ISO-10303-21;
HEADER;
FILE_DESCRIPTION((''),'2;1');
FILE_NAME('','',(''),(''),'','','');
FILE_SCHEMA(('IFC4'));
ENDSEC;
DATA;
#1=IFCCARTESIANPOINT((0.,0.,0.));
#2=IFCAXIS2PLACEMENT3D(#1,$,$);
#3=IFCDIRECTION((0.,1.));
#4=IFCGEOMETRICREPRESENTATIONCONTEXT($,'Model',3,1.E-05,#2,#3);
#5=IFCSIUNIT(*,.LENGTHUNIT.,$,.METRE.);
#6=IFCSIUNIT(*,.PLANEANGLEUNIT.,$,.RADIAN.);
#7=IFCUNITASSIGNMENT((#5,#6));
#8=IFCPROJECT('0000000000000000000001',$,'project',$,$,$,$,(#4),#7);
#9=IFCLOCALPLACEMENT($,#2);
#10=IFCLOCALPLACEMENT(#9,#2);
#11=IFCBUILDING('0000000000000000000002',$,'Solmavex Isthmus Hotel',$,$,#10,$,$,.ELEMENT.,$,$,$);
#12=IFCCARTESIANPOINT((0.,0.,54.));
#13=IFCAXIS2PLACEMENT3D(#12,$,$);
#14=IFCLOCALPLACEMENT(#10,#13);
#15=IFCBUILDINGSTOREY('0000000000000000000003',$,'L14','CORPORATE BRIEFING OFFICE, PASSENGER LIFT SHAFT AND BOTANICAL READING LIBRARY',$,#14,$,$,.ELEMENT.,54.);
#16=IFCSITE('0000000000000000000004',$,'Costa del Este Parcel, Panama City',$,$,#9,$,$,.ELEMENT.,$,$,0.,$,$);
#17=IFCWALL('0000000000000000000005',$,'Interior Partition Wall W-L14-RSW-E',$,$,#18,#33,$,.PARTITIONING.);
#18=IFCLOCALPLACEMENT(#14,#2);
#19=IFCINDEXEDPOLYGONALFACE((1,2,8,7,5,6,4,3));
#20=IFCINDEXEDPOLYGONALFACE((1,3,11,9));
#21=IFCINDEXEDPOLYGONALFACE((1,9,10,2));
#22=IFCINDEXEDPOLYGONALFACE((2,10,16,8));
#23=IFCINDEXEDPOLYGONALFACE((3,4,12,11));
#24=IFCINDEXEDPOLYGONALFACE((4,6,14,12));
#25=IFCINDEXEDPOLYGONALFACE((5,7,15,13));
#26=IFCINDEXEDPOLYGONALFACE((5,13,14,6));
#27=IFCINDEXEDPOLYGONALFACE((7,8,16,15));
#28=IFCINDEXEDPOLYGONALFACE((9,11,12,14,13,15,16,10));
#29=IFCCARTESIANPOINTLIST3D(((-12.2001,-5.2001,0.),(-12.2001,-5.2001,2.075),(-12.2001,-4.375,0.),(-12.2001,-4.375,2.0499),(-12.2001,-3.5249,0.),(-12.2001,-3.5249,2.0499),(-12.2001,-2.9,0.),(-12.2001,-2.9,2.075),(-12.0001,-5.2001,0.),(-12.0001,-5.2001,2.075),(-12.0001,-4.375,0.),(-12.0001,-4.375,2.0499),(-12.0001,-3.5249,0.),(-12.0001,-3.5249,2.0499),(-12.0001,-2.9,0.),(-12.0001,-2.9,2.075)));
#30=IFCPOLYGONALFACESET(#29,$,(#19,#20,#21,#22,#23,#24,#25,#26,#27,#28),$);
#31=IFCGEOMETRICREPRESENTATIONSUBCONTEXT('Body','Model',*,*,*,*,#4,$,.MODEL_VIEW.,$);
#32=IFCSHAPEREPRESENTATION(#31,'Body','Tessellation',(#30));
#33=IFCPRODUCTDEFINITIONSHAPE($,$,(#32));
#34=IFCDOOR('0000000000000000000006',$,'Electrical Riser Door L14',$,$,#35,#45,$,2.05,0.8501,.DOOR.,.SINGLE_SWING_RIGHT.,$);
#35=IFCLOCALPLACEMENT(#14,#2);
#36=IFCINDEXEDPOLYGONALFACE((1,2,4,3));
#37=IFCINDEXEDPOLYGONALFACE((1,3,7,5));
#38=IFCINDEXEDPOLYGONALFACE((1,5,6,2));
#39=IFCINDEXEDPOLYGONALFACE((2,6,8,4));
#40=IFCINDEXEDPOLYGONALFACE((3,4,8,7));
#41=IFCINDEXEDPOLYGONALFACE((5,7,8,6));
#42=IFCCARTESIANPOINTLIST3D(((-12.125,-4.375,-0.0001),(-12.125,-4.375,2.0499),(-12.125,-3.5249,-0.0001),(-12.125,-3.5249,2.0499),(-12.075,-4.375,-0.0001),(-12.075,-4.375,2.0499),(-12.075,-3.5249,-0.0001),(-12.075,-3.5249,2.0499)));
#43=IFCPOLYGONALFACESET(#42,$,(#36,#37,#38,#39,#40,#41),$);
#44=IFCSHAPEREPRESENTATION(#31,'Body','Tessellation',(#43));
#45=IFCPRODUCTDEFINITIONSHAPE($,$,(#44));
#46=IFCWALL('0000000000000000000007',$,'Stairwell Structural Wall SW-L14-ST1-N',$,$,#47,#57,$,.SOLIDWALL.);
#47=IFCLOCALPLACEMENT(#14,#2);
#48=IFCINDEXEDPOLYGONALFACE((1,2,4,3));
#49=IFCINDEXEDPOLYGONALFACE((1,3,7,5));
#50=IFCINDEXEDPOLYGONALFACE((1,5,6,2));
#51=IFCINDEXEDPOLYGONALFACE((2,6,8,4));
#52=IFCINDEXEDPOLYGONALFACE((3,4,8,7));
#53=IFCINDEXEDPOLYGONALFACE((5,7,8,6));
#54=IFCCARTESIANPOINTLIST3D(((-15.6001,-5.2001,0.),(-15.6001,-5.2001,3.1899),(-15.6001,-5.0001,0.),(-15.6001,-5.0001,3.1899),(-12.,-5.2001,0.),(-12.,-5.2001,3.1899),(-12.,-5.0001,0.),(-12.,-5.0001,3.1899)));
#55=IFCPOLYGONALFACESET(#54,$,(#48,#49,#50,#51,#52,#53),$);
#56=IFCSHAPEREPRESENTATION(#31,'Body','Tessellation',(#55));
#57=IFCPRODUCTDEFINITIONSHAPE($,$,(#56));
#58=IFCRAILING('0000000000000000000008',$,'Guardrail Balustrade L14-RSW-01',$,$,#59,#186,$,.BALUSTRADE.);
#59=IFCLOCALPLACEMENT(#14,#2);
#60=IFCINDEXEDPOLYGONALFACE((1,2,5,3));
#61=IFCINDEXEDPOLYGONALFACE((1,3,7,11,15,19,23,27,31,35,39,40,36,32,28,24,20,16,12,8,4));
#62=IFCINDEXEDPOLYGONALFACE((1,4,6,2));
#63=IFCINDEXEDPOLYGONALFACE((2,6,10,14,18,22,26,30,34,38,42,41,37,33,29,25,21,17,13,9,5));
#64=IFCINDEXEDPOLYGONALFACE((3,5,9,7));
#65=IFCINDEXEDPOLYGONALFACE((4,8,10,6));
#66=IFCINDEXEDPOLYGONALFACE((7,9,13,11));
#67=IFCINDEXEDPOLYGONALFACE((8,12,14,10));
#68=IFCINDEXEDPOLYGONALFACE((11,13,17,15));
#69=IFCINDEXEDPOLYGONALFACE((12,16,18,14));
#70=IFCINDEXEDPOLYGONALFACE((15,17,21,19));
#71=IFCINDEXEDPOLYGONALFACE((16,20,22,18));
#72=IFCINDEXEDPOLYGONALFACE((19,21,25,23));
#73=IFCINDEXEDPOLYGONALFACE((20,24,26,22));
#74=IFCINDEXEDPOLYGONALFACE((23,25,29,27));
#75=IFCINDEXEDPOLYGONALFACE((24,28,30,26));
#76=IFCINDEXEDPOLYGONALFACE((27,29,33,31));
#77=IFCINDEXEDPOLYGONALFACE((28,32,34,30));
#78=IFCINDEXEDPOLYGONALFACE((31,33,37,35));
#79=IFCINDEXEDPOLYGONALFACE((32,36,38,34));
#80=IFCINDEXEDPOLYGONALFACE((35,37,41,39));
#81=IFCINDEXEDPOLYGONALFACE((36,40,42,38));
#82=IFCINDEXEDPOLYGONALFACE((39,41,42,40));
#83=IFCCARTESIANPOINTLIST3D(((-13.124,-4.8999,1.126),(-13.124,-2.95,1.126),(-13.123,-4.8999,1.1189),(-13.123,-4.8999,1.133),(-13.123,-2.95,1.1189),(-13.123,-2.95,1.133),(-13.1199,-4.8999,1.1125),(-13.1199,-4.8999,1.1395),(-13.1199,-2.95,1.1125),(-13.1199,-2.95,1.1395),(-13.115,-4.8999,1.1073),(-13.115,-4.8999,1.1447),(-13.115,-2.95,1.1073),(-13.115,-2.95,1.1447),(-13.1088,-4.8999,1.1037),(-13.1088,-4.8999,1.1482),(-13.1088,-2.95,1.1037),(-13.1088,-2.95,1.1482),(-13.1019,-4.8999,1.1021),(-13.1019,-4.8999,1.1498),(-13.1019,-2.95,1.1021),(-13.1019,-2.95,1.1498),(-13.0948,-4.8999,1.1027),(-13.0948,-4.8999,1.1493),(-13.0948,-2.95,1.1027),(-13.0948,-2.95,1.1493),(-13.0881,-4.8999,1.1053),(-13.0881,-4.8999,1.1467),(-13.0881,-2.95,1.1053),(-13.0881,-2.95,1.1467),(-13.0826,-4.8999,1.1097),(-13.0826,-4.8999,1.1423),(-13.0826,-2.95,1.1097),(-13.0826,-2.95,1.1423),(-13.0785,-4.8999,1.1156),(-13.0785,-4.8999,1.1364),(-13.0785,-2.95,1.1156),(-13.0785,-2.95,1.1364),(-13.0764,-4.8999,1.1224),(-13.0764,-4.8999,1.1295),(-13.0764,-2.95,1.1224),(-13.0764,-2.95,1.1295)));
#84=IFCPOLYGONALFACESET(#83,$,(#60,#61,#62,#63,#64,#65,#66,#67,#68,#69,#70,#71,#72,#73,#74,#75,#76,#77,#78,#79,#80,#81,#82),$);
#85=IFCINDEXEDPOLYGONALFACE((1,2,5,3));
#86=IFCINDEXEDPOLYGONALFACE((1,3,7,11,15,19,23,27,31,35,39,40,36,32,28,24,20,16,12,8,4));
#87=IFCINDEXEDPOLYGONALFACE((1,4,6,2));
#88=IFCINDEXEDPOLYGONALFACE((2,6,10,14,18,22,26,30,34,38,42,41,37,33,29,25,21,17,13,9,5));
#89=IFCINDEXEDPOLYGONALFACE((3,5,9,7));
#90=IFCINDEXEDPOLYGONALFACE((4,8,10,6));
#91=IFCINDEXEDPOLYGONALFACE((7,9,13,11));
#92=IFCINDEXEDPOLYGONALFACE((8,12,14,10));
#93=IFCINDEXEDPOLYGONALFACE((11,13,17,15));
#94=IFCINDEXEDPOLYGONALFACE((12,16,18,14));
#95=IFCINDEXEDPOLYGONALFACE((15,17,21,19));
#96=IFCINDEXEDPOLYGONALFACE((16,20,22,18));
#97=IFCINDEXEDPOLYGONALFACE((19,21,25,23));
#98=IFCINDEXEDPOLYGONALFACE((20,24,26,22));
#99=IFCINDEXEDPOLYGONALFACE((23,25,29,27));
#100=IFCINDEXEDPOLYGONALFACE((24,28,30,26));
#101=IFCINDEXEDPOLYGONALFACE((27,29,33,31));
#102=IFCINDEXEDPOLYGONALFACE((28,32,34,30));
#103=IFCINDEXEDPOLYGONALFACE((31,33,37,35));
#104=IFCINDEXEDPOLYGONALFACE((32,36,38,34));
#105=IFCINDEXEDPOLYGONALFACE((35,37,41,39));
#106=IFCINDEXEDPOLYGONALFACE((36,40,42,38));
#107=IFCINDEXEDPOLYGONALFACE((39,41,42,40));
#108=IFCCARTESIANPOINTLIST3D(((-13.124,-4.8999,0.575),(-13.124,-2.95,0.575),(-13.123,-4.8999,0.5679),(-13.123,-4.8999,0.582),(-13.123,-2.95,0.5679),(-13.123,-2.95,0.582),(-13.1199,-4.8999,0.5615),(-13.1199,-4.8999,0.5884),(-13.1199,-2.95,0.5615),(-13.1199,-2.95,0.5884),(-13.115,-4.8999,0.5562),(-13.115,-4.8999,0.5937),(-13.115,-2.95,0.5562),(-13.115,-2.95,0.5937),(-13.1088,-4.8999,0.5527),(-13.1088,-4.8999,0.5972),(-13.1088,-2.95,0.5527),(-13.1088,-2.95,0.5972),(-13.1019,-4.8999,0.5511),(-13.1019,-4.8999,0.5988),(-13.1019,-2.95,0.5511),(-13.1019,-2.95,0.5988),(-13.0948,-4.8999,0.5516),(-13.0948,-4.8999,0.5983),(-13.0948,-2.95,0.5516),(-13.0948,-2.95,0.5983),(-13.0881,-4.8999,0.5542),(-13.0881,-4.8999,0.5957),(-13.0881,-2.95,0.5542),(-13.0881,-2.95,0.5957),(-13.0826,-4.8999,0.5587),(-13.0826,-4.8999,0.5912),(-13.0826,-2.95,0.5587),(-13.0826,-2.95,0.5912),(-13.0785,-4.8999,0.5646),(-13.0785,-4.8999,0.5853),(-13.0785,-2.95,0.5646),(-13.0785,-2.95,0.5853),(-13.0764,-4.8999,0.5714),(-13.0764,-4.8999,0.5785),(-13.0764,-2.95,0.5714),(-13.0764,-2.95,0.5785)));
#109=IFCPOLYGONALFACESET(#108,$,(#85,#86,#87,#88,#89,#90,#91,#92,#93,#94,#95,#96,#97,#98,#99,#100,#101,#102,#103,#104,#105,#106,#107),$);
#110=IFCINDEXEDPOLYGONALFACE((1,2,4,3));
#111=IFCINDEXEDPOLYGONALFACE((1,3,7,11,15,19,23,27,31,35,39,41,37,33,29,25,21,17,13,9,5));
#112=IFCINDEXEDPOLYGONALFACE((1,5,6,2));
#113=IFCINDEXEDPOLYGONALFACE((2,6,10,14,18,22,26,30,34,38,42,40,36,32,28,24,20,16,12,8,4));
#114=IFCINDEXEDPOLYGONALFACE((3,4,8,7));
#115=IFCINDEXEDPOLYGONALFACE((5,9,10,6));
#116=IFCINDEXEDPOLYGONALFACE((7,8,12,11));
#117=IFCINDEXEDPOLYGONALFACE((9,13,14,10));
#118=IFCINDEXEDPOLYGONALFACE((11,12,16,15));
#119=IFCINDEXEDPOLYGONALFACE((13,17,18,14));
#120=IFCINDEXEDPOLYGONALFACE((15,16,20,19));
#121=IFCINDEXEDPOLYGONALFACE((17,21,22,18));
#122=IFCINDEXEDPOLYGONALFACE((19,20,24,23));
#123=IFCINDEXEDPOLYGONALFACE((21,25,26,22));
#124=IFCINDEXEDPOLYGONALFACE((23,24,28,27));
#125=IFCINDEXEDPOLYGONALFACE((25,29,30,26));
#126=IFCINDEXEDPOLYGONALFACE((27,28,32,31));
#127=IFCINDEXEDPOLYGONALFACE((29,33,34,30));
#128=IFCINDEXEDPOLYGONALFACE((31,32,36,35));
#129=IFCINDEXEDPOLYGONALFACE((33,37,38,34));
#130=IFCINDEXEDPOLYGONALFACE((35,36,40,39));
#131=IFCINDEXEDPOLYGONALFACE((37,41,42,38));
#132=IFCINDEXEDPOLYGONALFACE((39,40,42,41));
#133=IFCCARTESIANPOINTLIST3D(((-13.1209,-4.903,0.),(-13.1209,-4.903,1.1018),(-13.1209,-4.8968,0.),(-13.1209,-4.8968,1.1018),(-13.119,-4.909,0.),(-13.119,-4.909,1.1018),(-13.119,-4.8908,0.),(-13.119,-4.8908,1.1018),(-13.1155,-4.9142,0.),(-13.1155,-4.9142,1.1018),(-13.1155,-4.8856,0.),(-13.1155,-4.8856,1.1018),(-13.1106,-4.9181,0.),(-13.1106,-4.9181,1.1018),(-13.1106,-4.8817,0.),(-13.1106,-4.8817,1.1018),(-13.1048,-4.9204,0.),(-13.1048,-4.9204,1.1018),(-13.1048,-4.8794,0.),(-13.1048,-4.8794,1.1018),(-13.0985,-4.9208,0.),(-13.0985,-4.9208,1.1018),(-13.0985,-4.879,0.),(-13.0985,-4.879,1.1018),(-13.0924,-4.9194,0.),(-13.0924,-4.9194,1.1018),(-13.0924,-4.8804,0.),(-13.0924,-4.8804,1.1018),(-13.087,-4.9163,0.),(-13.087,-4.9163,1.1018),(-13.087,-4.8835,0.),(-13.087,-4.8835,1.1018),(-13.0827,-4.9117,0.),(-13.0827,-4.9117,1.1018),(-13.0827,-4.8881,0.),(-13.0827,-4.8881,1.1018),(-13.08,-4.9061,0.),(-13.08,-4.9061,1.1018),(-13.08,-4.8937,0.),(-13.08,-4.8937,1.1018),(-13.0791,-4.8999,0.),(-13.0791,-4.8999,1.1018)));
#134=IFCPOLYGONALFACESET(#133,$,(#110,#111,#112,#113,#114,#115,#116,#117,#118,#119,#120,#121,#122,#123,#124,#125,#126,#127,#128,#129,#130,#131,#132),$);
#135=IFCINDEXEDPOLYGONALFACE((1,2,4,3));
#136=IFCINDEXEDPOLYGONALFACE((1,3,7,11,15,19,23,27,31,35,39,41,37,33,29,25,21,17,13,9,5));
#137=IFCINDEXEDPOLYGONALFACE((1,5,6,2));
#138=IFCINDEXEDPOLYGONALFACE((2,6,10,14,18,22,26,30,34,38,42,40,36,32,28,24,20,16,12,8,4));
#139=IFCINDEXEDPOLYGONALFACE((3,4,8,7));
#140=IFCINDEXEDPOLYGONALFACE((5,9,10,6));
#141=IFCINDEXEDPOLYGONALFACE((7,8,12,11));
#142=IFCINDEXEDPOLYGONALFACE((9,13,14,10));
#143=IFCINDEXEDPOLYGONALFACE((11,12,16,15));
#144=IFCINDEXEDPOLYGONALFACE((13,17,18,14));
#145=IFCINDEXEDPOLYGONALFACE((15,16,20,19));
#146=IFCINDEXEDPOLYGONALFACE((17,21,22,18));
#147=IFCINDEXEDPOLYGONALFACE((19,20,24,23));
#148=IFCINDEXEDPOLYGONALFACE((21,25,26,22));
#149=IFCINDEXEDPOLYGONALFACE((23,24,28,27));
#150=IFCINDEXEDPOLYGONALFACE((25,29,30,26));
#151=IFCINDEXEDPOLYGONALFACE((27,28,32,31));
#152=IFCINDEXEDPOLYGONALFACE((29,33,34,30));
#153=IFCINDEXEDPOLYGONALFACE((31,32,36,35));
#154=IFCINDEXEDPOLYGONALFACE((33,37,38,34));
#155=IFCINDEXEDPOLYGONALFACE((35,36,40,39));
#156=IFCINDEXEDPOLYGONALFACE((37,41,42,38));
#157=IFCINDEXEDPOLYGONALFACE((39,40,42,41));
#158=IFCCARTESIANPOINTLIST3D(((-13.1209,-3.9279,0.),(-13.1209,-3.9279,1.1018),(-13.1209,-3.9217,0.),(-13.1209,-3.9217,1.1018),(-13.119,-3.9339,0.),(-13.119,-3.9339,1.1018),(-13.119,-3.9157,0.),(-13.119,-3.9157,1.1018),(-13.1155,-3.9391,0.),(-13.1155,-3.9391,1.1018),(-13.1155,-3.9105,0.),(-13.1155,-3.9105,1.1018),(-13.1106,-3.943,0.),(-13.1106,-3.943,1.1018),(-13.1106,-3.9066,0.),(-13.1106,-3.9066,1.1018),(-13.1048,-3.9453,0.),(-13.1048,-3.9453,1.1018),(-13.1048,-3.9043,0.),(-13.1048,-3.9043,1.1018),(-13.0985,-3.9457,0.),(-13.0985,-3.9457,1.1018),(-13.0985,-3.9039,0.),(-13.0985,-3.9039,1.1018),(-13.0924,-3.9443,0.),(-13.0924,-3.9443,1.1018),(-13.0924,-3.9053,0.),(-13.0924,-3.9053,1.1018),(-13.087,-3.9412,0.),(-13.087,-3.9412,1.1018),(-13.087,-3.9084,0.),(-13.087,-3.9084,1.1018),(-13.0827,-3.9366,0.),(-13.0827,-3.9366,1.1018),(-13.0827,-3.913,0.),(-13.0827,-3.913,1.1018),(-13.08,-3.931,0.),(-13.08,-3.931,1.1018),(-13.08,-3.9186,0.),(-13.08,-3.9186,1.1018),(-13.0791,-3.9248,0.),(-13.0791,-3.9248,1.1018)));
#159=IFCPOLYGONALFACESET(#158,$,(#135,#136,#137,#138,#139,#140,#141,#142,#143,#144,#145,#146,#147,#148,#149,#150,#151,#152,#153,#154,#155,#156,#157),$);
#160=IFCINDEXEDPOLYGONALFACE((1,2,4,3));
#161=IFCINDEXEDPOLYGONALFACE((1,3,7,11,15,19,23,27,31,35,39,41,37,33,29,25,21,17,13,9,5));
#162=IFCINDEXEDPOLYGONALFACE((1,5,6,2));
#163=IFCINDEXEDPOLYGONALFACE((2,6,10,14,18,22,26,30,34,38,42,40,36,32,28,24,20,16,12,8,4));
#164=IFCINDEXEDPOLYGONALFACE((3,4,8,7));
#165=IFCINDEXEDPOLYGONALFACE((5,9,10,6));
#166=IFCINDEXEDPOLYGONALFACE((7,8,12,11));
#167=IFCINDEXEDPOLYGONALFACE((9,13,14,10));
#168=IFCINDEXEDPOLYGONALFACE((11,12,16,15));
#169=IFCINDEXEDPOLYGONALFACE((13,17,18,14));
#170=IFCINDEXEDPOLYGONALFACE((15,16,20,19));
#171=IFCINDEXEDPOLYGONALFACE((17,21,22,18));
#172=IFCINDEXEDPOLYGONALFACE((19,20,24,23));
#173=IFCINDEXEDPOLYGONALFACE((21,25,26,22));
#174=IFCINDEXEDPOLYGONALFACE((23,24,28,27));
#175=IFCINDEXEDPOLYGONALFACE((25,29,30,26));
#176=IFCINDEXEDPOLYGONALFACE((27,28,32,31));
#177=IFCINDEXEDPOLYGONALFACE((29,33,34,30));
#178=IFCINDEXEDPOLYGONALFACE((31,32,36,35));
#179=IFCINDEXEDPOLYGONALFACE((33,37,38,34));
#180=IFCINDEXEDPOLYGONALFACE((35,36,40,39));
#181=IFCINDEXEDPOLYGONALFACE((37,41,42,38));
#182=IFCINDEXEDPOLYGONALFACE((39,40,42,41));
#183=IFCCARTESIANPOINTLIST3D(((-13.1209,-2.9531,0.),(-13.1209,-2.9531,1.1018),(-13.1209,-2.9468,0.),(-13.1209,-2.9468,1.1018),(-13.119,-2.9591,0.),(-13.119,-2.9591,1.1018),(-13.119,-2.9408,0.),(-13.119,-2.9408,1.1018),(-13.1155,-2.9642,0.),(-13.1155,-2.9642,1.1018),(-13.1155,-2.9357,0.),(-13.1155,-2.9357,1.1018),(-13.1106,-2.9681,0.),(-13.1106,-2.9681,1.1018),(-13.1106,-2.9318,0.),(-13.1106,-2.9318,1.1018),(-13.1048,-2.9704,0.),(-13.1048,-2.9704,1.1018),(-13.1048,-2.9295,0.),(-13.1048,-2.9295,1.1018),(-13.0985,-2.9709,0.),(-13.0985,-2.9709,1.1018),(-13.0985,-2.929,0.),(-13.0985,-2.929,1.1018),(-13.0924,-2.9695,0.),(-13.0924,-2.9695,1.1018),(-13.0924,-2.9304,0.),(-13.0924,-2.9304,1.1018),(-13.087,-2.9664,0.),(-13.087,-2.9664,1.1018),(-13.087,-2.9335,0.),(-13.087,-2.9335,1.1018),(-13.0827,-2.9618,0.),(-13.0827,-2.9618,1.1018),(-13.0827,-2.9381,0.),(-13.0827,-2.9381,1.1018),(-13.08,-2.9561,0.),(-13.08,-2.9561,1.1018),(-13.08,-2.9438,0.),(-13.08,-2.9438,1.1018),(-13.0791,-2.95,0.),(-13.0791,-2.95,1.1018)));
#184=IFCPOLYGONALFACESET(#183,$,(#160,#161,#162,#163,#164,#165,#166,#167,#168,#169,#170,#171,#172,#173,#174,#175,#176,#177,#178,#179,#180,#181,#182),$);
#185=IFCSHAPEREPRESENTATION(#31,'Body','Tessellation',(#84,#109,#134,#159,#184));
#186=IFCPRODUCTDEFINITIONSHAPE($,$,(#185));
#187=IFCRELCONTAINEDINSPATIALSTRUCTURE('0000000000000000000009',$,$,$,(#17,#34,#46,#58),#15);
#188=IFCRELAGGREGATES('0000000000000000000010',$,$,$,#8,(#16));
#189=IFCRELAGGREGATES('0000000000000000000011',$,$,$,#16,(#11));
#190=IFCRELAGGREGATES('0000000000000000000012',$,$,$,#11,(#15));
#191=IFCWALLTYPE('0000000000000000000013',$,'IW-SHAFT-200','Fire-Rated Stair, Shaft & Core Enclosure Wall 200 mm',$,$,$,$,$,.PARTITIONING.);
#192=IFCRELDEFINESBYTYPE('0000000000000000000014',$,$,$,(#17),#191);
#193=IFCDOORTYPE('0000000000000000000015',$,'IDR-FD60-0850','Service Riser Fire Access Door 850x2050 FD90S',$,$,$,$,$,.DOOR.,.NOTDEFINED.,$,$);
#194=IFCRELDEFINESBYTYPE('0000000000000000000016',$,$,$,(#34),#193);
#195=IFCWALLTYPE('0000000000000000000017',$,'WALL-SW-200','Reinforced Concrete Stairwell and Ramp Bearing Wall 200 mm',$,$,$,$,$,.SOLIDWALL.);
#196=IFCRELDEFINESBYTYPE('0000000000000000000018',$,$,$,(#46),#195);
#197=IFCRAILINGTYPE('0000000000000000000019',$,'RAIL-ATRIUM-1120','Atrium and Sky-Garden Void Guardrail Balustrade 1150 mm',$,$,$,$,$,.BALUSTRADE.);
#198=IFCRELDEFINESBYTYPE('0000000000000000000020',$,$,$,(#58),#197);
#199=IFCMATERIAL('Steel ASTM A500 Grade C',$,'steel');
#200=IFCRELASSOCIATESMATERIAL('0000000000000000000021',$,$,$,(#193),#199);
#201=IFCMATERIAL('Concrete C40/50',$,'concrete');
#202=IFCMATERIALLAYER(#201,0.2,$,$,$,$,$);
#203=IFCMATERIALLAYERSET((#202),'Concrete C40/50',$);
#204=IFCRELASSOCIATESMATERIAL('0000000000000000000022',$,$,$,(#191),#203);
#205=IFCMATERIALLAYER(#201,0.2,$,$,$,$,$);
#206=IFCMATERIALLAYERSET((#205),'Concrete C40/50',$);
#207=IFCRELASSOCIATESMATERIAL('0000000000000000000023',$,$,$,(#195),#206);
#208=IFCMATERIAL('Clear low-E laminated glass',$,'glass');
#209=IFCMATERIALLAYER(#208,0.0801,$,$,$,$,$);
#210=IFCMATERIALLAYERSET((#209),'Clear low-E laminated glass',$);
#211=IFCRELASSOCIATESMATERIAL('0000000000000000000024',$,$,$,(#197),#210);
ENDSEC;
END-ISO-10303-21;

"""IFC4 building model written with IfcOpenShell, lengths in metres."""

from ifc_helpers import new_model, si_unit, direction, frame, frame_2d, origin, origin_2d, place, context, subcontext, project, spatial, rectangle, circle, extrude, material, layer, layer_set, type_object, element, fill, save


model = new_model("IFC4")

# Units and contexts
model_context = context("Model", 3, precision=1e-05, world=origin(), true_north=direction((0.0, 1.0)))
body_context = subcontext(model_context, "Body", "Model", "MODEL_VIEW")
ifc_project = project(units=[si_unit("LENGTHUNIT", "METRE"), si_unit("PLANEANGLEUNIT", "RADIAN")], contexts=[model_context])

# Site, building, storey
site_placement = place(None, origin())
site = spatial("IfcSite", under=ifc_project, at=site_placement, Name="Costa del Este Parcel, Panama City", CompositionType="ELEMENT", RefElevation=0.0)
building_placement = place(site_placement, origin())
building = spatial("IfcBuilding", under=site, at=building_placement, Name="Solmavex Isthmus Hotel", CompositionType="ELEMENT")
storey_placement = place(building_placement, frame((0.0, 0.0, 54.0)))
storey = spatial("IfcBuildingStorey", under=building, at=storey_placement, Name="L14", Description="CORPORATE BRIEFING OFFICE, PASSENGER LIFT SHAFT AND BOTANICAL READING LIBRARY", CompositionType="ELEMENT", Elevation=54.0)

# Shared definitions
ifc_material_1 = material(Name="Concrete C40/50", Category="concrete")

# Shared definitions
ifc_material_2 = material(Name="Steel ASTM A500 Grade C", Category="steel")
door_type_1 = type_object("IfcDoorType", Name="IDR-FD60-0850", Description="Service Riser Fire Access Door 850x2050 FD90S", OperationType="NOTDEFINED", PredefinedType="DOOR", material=ifc_material_2)

# Wall, opening, door
ifc_layer_1 = layer(ifc_material_1, 0.2)
ifc_layer_set_1 = layer_set([ifc_layer_1], Name="Concrete C40/50")
wall_type_1 = type_object("IfcWallType", Name="IW-SHAFT-200", Description="Fire-Rated Stair, Shaft & Core Enclosure Wall 200 mm", PredefinedType="PARTITIONING", material=ifc_layer_set_1)
wall_1_placement = place(storey_placement, frame((-12.1001, -5.2, 0.0), z_axis=(0.0, 0.0, 1.0), x_axis=(0.0, 1.0, 0.0)))
wall_1 = element("IfcWall", 1, at=wall_1_placement, inside=storey, type_object=wall_type_1, Name="Interior Partition Wall W-L14-RSW-E", PredefinedType="PARTITIONING", context=body_context, shape_type="SweptSolid", body=[
    extrude(rectangle(XDim=2.3, YDim=0.2, at=frame_2d((1.1499, 0.0))), origin(), (0.0, 0.0, 1.0), 2.075),
])
opening_1_placement = place(wall_1_placement, frame((0.825, 0.0, 0.0)))
opening_1 = element("IfcOpeningElement", 2, at=opening_1_placement, cuts=wall_1, PredefinedType="OPENING", context=body_context, shape_type="SweptSolid", body=[
    extrude(rectangle(XDim=0.8501, YDim=2.05, at=frame_2d((0.425, 1.0249))), frame((0.0, 0.1099, 0.0), z_axis=(0.0, -1.0, 0.0), x_axis=(1.0, 0.0, 0.0)), (0.0, 0.0, 1.0), 0.22),
])
door_1_placement = place(opening_1_placement, origin())
door_1 = element("IfcDoor", 3, at=door_1_placement, inside=storey, type_object=door_type_1, Name="Electrical Riser Door L14", OperationType="SINGLE_SWING_RIGHT", OverallHeight=2.05, OverallWidth=0.8501, PredefinedType="DOOR", context=body_context, shape_type="SweptSolid", body=[
    extrude(rectangle(XDim=0.8501, YDim=2.05, at=frame_2d((0.425, 1.0249))), frame((0.0, 0.0249, 0.0), z_axis=(0.0, -1.0, 0.0), x_axis=(1.0, 0.0, 0.0)), (0.0, 0.0, 1.0), 0.05),
])
fill(opening_1, door_1)

# Wall
ifc_layer_2 = layer(ifc_material_1, 0.2)
ifc_layer_set_2 = layer_set([ifc_layer_2], Name="Concrete C40/50")
wall_type_2 = type_object("IfcWallType", Name="WALL-SW-200", Description="Reinforced Concrete Stairwell and Ramp Bearing Wall 200 mm", PredefinedType="SOLIDWALL", material=ifc_layer_set_2)
wall_2_placement = place(storey_placement, frame((-15.6001, -5.1001, 0.0), z_axis=(0.0, 0.0, 1.0), x_axis=(1.0, 0.0, 0.0)))
element("IfcWall", 4, at=wall_2_placement, inside=storey, type_object=wall_type_2, Name="Stairwell Structural Wall SW-L14-ST1-N", PredefinedType="SOLIDWALL", context=body_context, shape_type="SweptSolid", body=[
    extrude(rectangle(XDim=3.6001, YDim=0.2, at=frame_2d((1.8, 0.0))), origin(), (0.0, 0.0, 1.0), 3.1899),
])

# Railing
ifc_material_3 = material(Name="Clear low-E laminated glass", Category="glass")
ifc_layer_3 = layer(ifc_material_3, 0.0801)
ifc_layer_set_3 = layer_set([ifc_layer_3], Name="Clear low-E laminated glass")
railing_type_1 = type_object("IfcRailingType", Name="RAIL-ATRIUM-1120", Description="Atrium and Sky-Garden Void Guardrail Balustrade 1150 mm", PredefinedType="BALUSTRADE", material=ifc_layer_set_3)
railing_1_placement = place(storey_placement, frame((-13.1001, -4.8999, 0.0)))
element("IfcRailing", 5, at=railing_1_placement, inside=storey, type_object=railing_type_1, Name="Guardrail Balustrade L14-RSW-01", PredefinedType="BALUSTRADE", context=body_context, shape_type="SweptSolid", body=[
    extrude(circle(Radius=0.0239, at=origin_2d()), frame((0.0, 0.0, 1.126), z_axis=(0.0, 1.0, 0.0), x_axis=(-1.0, 0.0, 0.0)), (0.0, 0.0, 1.0), 1.95),
    extrude(circle(Radius=0.0239, at=origin_2d()), frame((0.0, 0.0, 0.575), z_axis=(0.0, 1.0, 0.0), x_axis=(-1.0, 0.0, 0.0)), (0.0, 0.0, 1.0), 1.95),
    extrude(circle(Radius=0.021, at=origin_2d()), origin(), (0.0, 0.0, 1.0), 1.1018),
    extrude(circle(Radius=0.021, at=origin_2d()), frame((0.0, 0.9751, 0.0)), (0.0, 0.0, 1.0), 1.1018),
    extrude(circle(Radius=0.021, at=origin_2d()), frame((0.0, 1.95, 0.0)), (0.0, 0.0, 1.0), 1.1018),
])

save(model, "model.ifc")
